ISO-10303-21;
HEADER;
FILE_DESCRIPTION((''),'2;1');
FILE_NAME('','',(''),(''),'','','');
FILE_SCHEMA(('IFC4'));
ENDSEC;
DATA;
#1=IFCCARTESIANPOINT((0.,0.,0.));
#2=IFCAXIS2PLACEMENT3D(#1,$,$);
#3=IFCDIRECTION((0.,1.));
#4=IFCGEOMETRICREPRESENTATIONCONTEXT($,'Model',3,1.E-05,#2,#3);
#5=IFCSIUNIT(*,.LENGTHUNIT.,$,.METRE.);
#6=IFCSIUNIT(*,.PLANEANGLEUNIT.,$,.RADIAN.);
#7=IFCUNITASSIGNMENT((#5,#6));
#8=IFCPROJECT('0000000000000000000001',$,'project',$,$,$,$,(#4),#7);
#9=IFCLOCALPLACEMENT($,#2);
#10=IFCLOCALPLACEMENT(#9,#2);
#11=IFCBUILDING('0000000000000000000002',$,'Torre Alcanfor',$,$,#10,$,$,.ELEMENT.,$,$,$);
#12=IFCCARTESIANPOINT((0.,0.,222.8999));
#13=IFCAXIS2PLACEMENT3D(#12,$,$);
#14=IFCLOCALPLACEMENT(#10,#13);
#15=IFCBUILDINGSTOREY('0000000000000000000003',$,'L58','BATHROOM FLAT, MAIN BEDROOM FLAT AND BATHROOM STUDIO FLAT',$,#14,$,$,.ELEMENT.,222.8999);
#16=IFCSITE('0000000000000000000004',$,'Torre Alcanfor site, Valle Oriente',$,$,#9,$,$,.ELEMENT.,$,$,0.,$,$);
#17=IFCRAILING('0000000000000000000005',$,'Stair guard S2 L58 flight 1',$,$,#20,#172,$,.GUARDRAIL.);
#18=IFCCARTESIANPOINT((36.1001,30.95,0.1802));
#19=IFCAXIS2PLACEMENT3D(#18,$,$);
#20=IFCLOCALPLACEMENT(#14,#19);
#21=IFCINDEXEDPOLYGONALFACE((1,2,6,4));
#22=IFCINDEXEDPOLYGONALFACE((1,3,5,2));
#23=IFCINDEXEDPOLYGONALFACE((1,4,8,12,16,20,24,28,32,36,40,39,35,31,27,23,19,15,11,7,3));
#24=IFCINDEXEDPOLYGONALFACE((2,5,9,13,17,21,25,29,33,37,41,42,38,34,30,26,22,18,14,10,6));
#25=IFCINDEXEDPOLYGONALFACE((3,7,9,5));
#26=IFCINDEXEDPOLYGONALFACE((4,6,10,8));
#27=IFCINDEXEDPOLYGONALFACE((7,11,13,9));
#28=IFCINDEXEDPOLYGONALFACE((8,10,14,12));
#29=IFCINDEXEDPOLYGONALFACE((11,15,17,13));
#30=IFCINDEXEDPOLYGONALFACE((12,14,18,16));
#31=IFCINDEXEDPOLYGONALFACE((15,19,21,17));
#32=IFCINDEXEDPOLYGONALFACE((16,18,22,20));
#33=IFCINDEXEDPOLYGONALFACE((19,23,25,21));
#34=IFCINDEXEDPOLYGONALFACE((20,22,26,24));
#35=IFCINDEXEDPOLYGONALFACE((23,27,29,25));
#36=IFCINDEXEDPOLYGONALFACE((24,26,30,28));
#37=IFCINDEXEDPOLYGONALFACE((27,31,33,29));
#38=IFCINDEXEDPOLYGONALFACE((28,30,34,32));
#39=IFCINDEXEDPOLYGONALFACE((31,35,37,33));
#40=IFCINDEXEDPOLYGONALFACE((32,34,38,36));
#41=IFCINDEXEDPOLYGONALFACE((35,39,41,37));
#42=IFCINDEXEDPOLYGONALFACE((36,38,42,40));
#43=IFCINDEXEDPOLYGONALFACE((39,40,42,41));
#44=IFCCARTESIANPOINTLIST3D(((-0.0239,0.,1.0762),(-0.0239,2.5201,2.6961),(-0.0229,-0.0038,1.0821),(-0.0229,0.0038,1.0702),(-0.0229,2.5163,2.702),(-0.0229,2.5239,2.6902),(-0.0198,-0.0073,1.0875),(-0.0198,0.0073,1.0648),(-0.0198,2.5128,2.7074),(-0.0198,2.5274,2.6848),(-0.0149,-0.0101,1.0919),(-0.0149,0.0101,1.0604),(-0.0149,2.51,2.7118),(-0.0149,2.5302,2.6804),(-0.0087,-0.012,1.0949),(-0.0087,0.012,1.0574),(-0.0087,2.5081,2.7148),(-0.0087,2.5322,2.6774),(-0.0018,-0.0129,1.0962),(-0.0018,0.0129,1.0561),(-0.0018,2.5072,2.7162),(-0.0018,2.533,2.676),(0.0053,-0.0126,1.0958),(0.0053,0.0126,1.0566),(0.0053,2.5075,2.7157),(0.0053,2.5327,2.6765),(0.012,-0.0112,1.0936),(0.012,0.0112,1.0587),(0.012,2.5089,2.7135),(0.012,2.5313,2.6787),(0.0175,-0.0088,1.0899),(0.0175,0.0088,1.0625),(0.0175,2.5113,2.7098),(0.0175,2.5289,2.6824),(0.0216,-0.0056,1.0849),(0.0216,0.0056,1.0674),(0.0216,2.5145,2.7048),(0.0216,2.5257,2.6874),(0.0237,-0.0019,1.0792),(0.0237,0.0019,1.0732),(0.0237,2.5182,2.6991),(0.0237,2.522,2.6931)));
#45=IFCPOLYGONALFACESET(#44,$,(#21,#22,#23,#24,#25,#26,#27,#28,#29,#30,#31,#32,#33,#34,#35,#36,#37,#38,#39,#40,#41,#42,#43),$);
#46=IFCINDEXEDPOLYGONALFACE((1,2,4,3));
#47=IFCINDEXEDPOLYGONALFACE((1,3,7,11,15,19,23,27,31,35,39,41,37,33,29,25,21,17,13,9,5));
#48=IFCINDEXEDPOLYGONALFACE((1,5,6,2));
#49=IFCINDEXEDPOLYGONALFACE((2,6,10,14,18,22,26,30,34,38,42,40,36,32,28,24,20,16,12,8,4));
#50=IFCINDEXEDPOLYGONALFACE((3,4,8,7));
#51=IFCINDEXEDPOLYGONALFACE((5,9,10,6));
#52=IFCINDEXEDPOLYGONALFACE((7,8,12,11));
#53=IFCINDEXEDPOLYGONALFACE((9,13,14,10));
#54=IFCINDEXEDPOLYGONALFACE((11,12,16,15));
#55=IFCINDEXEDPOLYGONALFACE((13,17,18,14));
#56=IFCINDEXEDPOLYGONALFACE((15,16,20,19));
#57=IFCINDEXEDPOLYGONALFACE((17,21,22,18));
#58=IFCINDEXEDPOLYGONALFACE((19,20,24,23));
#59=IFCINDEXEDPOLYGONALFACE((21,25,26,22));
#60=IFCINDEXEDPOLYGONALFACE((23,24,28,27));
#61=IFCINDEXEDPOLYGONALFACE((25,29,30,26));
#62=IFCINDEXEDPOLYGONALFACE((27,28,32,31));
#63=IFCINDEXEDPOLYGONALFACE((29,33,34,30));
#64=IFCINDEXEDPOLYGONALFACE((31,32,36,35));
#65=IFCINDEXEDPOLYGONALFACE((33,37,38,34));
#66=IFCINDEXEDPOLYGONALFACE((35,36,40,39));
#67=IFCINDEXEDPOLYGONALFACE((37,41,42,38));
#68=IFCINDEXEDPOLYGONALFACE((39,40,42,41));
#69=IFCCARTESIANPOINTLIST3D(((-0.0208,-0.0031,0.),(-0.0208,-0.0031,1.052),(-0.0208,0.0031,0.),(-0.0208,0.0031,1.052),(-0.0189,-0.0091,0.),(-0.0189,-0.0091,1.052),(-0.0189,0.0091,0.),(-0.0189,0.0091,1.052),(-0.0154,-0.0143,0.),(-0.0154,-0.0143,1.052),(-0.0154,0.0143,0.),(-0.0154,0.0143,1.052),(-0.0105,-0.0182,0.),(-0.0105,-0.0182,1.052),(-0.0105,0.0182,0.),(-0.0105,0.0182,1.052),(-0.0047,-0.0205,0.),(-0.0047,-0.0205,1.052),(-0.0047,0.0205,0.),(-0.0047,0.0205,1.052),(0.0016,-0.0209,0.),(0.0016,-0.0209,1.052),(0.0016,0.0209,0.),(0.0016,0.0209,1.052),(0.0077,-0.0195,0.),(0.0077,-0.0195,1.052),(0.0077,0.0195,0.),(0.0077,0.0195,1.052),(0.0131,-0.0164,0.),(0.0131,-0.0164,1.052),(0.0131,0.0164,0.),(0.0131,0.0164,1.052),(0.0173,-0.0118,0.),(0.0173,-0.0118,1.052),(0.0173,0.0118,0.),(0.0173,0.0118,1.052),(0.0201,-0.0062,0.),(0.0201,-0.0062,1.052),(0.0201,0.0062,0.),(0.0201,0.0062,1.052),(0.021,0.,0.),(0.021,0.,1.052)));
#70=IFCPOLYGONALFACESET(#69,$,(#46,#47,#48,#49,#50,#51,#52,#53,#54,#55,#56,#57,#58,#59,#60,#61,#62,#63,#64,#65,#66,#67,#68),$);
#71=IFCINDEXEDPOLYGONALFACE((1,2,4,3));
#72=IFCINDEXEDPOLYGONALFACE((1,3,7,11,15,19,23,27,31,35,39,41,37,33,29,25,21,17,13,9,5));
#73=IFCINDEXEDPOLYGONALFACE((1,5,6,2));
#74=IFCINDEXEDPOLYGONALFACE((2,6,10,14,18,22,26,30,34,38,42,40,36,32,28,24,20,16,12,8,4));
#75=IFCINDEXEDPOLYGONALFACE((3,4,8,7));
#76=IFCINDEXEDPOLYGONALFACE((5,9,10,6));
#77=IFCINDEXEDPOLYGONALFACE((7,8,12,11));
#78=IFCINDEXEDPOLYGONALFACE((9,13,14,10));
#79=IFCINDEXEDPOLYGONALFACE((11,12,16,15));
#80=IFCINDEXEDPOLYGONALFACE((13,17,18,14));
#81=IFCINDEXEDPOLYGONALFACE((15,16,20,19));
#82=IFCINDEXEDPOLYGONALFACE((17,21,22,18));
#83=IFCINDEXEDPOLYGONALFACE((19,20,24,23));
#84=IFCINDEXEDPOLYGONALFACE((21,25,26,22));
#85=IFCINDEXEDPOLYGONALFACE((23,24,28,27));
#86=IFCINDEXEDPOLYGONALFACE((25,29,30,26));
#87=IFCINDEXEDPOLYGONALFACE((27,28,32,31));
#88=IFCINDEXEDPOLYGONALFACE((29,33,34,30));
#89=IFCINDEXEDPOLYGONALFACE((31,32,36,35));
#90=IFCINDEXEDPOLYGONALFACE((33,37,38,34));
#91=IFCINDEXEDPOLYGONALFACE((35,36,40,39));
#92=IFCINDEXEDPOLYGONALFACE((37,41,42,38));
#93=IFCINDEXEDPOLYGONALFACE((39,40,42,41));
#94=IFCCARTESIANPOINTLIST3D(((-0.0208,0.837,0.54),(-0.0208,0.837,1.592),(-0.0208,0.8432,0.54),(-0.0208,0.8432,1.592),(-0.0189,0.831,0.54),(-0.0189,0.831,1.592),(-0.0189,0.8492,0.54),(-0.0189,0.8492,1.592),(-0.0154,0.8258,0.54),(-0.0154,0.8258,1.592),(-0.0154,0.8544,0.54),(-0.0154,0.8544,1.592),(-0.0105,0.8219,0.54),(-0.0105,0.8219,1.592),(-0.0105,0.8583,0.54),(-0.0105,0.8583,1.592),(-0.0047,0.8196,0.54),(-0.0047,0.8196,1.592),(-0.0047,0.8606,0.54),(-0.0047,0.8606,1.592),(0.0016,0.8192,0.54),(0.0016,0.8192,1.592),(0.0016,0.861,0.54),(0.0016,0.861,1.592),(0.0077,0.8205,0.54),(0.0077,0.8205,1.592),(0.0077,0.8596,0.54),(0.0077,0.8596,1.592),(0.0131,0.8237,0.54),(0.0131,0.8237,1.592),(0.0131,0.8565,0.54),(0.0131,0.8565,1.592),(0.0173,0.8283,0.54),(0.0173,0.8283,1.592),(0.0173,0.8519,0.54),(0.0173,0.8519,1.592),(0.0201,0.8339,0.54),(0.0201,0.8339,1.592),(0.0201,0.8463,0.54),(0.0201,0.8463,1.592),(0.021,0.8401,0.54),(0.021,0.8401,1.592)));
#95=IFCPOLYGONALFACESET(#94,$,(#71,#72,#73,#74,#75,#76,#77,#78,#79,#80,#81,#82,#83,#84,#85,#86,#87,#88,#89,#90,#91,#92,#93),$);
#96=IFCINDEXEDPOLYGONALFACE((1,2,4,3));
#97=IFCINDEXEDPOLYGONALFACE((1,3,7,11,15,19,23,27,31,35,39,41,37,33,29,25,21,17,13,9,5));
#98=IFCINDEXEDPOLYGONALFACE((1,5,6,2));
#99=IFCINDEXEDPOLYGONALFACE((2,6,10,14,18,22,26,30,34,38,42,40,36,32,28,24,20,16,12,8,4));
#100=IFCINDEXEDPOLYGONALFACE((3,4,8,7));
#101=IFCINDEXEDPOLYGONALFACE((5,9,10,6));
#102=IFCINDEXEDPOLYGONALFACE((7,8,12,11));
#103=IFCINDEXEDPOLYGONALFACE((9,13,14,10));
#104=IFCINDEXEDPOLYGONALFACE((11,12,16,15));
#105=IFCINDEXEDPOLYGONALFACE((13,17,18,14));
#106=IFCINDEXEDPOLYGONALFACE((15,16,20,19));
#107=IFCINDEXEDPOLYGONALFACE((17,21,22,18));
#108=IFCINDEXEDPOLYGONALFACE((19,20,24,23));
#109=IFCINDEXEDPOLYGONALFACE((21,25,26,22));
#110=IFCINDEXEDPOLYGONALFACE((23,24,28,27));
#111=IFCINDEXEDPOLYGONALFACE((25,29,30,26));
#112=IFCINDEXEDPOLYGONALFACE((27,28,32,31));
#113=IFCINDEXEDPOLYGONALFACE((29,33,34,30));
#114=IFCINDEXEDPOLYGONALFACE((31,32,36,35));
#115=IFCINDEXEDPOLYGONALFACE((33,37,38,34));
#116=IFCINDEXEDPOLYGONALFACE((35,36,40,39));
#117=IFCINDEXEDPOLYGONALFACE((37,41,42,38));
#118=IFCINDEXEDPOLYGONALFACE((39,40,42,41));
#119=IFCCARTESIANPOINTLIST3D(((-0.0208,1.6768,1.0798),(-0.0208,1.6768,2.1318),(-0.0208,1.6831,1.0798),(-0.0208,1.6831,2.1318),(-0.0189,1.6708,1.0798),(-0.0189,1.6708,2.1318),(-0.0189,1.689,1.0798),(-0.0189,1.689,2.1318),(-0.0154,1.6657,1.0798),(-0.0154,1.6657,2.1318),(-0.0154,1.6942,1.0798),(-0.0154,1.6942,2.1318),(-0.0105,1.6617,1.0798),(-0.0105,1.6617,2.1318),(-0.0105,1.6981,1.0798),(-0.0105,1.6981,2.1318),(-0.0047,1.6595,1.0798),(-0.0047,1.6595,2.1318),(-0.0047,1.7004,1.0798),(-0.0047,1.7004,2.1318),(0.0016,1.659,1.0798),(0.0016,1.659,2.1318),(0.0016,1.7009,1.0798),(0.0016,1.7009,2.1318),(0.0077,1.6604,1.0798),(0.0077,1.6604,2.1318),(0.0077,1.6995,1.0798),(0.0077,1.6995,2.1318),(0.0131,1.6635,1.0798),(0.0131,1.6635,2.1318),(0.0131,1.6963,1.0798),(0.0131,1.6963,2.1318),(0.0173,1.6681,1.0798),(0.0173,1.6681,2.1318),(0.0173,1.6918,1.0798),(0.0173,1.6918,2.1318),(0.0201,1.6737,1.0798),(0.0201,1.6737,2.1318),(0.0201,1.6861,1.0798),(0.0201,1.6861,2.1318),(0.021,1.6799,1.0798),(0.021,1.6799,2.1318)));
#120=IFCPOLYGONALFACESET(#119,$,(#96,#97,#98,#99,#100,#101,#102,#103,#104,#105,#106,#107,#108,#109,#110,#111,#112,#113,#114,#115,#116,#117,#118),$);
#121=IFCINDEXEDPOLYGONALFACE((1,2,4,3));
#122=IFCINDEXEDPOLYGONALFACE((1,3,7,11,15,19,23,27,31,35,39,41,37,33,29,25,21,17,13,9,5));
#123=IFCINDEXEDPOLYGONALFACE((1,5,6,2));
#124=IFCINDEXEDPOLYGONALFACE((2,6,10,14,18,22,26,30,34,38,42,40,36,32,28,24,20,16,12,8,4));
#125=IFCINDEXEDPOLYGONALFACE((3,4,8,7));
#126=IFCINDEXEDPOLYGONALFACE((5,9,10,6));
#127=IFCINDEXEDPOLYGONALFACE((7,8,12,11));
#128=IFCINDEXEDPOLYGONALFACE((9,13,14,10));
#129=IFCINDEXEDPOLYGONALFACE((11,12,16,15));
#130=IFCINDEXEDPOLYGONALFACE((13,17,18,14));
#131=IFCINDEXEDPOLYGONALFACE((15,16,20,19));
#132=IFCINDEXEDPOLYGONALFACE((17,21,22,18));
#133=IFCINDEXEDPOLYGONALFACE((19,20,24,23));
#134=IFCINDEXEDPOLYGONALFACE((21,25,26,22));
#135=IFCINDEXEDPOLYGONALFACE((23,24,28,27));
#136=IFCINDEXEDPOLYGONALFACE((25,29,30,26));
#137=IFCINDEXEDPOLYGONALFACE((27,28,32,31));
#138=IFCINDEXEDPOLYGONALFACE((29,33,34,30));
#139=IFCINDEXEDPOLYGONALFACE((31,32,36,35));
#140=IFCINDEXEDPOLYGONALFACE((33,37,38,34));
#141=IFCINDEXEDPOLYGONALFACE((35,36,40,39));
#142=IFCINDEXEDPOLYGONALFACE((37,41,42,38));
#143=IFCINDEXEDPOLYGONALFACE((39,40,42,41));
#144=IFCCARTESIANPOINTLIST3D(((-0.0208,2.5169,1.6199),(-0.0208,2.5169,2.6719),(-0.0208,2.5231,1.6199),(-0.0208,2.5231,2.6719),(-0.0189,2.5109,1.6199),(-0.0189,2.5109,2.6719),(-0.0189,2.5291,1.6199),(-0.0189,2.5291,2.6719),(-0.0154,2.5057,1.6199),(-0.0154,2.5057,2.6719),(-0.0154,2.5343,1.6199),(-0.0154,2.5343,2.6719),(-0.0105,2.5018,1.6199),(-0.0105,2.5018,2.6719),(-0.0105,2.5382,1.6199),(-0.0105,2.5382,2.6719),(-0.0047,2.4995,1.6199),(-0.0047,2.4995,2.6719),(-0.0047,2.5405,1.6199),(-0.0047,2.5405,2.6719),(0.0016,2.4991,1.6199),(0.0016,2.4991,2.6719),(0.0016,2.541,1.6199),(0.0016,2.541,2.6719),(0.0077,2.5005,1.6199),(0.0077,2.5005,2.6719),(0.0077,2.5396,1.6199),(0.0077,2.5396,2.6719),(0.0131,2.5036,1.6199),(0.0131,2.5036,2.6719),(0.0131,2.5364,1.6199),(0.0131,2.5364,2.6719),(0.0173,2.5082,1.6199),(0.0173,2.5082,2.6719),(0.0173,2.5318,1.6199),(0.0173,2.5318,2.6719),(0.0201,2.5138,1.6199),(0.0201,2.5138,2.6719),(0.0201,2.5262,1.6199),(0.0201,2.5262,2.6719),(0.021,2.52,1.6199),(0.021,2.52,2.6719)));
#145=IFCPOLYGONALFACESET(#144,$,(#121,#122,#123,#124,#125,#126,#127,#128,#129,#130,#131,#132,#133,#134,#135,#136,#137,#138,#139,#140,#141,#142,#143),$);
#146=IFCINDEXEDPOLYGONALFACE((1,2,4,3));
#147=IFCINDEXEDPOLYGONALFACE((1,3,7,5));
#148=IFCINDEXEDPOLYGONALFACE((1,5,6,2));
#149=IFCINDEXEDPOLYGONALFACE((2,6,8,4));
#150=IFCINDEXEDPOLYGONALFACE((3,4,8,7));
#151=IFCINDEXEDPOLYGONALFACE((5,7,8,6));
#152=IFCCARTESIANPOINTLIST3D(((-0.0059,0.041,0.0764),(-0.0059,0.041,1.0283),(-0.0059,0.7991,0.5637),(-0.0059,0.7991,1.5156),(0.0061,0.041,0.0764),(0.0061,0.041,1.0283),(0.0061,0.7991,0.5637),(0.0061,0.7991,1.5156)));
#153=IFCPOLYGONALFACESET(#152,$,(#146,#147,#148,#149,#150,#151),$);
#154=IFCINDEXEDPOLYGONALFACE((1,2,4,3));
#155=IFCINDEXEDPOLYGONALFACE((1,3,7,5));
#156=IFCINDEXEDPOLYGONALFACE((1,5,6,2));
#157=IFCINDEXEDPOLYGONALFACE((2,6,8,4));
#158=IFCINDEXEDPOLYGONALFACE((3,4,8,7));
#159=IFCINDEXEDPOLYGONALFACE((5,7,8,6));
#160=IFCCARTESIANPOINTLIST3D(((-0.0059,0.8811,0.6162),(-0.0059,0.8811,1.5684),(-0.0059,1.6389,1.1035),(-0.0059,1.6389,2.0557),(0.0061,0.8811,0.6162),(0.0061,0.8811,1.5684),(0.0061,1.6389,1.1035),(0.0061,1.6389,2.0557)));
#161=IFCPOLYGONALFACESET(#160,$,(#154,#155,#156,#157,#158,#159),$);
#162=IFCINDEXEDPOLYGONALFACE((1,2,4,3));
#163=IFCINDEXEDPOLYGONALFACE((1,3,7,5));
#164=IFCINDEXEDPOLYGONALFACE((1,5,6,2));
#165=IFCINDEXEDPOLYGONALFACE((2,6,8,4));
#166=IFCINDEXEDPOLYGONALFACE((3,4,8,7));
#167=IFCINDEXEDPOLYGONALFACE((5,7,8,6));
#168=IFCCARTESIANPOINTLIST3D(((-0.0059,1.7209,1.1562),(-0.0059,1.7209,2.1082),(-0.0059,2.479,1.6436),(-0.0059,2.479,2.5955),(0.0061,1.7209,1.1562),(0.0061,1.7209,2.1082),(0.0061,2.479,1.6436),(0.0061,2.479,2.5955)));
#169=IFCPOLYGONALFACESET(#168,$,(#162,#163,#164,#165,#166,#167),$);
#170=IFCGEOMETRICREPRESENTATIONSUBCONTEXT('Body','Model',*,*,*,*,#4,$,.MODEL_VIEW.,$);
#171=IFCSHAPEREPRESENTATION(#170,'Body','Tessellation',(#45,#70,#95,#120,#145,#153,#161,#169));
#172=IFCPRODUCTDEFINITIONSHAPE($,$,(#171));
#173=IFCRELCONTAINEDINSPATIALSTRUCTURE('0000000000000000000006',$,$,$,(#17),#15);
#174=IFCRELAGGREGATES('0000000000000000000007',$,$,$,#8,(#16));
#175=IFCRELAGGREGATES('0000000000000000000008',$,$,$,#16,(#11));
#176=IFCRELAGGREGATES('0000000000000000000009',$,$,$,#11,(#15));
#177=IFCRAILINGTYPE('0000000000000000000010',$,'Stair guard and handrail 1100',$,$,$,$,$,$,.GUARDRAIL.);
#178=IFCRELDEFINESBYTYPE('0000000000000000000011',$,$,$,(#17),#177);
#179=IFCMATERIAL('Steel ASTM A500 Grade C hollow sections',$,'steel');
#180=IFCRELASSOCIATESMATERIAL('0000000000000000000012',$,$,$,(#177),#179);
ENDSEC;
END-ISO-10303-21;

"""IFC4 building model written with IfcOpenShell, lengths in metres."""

from ifc_helpers import new_model, si_unit, direction, frame, origin, origin_2d, place, context, subcontext, project, spatial, polyline, circle, outline, extrude, material, type_object, element, save


model = new_model("IFC4")

# Units and contexts
model_context = context("Model", 3, precision=1e-05, world=origin(), true_north=direction((0.0, 1.0)))
body_context = subcontext(model_context, "Body", "Model", "MODEL_VIEW")
ifc_project = project(units=[si_unit("LENGTHUNIT", "METRE"), si_unit("PLANEANGLEUNIT", "RADIAN")], contexts=[model_context])

# Site, building, storey
site_placement = place(None, origin())
site = spatial("IfcSite", under=ifc_project, at=site_placement, Name="Torre Alcanfor site, Valle Oriente", CompositionType="ELEMENT", RefElevation=0.0)
building_placement = place(site_placement, origin())
building = spatial("IfcBuilding", under=site, at=building_placement, Name="Torre Alcanfor", CompositionType="ELEMENT")
storey_placement = place(building_placement, frame((0.0, 0.0, 222.8999)))
storey = spatial("IfcBuildingStorey", under=building, at=storey_placement, Name="L58", Description="BATHROOM FLAT, MAIN BEDROOM FLAT AND BATHROOM STUDIO FLAT", CompositionType="ELEMENT", Elevation=222.8999)

# Railing
ifc_material_1 = material(Name="Steel ASTM A500 Grade C hollow sections", Category="steel")
railing_type_1 = type_object("IfcRailingType", Name="Stair guard and handrail 1100", PredefinedType="GUARDRAIL", material=ifc_material_1)
railing_1_placement = place(storey_placement, frame((36.1001, 30.95, 0.1802)))
element("IfcRailing", 1, at=railing_1_placement, inside=storey, type_object=railing_type_1, Name="Stair guard S2 L58 flight 1", PredefinedType="GUARDRAIL", context=body_context, shape_type="SweptSolid", body=[
    extrude(circle(Radius=0.0239, at=origin_2d()), frame((0.0, 0.0, 1.0762), z_axis=(0.0, 0.8412, 0.540725), x_axis=(-1.0, 0.0, 0.0)), (0.0, 0.0, 1.0), 2.9958),
    extrude(circle(Radius=0.021, at=origin_2d()), origin(), (0.0, 0.0, 1.0), 1.052),
    extrude(circle(Radius=0.021, at=origin_2d()), frame((0.0, 0.8401, 0.54)), (0.0, 0.0, 1.0), 1.052),
    extrude(circle(Radius=0.021, at=origin_2d()), frame((0.0, 1.6799, 1.0798)), (0.0, 0.0, 1.0), 1.052),
    extrude(circle(Radius=0.021, at=origin_2d()), frame((0.0, 2.52, 1.6199)), (0.0, 0.0, 1.0), 1.052),
    extrude(outline(polyline([(0.041, 0.0764), (0.7991, 0.5637), (0.7991, 1.5156), (0.041, 1.0283), (0.041, 0.0764)])), frame((-0.0059, 0.0, 0.0), z_axis=(1.0, 0.0, 0.0), x_axis=(0.0, 1.0, 0.0)), (0.0, 0.0, 1.0), 0.012),
    extrude(outline(polyline([(0.8811, 0.6162), (1.6389, 1.1035), (1.6389, 2.0557), (0.8811, 1.5684), (0.8811, 0.6162)])), frame((-0.0059, 0.0, 0.0), z_axis=(1.0, 0.0, 0.0), x_axis=(0.0, 1.0, 0.0)), (0.0, 0.0, 1.0), 0.012),
    extrude(outline(polyline([(1.7209, 1.1562), (2.479, 1.6436), (2.479, 2.5955), (1.7209, 2.1082), (1.7209, 1.1562)])), frame((-0.0059, 0.0, 0.0), z_axis=(1.0, 0.0, 0.0), x_axis=(0.0, 1.0, 0.0)), (0.0, 0.0, 1.0), 0.012),
])

save(model, "model.ifc")
